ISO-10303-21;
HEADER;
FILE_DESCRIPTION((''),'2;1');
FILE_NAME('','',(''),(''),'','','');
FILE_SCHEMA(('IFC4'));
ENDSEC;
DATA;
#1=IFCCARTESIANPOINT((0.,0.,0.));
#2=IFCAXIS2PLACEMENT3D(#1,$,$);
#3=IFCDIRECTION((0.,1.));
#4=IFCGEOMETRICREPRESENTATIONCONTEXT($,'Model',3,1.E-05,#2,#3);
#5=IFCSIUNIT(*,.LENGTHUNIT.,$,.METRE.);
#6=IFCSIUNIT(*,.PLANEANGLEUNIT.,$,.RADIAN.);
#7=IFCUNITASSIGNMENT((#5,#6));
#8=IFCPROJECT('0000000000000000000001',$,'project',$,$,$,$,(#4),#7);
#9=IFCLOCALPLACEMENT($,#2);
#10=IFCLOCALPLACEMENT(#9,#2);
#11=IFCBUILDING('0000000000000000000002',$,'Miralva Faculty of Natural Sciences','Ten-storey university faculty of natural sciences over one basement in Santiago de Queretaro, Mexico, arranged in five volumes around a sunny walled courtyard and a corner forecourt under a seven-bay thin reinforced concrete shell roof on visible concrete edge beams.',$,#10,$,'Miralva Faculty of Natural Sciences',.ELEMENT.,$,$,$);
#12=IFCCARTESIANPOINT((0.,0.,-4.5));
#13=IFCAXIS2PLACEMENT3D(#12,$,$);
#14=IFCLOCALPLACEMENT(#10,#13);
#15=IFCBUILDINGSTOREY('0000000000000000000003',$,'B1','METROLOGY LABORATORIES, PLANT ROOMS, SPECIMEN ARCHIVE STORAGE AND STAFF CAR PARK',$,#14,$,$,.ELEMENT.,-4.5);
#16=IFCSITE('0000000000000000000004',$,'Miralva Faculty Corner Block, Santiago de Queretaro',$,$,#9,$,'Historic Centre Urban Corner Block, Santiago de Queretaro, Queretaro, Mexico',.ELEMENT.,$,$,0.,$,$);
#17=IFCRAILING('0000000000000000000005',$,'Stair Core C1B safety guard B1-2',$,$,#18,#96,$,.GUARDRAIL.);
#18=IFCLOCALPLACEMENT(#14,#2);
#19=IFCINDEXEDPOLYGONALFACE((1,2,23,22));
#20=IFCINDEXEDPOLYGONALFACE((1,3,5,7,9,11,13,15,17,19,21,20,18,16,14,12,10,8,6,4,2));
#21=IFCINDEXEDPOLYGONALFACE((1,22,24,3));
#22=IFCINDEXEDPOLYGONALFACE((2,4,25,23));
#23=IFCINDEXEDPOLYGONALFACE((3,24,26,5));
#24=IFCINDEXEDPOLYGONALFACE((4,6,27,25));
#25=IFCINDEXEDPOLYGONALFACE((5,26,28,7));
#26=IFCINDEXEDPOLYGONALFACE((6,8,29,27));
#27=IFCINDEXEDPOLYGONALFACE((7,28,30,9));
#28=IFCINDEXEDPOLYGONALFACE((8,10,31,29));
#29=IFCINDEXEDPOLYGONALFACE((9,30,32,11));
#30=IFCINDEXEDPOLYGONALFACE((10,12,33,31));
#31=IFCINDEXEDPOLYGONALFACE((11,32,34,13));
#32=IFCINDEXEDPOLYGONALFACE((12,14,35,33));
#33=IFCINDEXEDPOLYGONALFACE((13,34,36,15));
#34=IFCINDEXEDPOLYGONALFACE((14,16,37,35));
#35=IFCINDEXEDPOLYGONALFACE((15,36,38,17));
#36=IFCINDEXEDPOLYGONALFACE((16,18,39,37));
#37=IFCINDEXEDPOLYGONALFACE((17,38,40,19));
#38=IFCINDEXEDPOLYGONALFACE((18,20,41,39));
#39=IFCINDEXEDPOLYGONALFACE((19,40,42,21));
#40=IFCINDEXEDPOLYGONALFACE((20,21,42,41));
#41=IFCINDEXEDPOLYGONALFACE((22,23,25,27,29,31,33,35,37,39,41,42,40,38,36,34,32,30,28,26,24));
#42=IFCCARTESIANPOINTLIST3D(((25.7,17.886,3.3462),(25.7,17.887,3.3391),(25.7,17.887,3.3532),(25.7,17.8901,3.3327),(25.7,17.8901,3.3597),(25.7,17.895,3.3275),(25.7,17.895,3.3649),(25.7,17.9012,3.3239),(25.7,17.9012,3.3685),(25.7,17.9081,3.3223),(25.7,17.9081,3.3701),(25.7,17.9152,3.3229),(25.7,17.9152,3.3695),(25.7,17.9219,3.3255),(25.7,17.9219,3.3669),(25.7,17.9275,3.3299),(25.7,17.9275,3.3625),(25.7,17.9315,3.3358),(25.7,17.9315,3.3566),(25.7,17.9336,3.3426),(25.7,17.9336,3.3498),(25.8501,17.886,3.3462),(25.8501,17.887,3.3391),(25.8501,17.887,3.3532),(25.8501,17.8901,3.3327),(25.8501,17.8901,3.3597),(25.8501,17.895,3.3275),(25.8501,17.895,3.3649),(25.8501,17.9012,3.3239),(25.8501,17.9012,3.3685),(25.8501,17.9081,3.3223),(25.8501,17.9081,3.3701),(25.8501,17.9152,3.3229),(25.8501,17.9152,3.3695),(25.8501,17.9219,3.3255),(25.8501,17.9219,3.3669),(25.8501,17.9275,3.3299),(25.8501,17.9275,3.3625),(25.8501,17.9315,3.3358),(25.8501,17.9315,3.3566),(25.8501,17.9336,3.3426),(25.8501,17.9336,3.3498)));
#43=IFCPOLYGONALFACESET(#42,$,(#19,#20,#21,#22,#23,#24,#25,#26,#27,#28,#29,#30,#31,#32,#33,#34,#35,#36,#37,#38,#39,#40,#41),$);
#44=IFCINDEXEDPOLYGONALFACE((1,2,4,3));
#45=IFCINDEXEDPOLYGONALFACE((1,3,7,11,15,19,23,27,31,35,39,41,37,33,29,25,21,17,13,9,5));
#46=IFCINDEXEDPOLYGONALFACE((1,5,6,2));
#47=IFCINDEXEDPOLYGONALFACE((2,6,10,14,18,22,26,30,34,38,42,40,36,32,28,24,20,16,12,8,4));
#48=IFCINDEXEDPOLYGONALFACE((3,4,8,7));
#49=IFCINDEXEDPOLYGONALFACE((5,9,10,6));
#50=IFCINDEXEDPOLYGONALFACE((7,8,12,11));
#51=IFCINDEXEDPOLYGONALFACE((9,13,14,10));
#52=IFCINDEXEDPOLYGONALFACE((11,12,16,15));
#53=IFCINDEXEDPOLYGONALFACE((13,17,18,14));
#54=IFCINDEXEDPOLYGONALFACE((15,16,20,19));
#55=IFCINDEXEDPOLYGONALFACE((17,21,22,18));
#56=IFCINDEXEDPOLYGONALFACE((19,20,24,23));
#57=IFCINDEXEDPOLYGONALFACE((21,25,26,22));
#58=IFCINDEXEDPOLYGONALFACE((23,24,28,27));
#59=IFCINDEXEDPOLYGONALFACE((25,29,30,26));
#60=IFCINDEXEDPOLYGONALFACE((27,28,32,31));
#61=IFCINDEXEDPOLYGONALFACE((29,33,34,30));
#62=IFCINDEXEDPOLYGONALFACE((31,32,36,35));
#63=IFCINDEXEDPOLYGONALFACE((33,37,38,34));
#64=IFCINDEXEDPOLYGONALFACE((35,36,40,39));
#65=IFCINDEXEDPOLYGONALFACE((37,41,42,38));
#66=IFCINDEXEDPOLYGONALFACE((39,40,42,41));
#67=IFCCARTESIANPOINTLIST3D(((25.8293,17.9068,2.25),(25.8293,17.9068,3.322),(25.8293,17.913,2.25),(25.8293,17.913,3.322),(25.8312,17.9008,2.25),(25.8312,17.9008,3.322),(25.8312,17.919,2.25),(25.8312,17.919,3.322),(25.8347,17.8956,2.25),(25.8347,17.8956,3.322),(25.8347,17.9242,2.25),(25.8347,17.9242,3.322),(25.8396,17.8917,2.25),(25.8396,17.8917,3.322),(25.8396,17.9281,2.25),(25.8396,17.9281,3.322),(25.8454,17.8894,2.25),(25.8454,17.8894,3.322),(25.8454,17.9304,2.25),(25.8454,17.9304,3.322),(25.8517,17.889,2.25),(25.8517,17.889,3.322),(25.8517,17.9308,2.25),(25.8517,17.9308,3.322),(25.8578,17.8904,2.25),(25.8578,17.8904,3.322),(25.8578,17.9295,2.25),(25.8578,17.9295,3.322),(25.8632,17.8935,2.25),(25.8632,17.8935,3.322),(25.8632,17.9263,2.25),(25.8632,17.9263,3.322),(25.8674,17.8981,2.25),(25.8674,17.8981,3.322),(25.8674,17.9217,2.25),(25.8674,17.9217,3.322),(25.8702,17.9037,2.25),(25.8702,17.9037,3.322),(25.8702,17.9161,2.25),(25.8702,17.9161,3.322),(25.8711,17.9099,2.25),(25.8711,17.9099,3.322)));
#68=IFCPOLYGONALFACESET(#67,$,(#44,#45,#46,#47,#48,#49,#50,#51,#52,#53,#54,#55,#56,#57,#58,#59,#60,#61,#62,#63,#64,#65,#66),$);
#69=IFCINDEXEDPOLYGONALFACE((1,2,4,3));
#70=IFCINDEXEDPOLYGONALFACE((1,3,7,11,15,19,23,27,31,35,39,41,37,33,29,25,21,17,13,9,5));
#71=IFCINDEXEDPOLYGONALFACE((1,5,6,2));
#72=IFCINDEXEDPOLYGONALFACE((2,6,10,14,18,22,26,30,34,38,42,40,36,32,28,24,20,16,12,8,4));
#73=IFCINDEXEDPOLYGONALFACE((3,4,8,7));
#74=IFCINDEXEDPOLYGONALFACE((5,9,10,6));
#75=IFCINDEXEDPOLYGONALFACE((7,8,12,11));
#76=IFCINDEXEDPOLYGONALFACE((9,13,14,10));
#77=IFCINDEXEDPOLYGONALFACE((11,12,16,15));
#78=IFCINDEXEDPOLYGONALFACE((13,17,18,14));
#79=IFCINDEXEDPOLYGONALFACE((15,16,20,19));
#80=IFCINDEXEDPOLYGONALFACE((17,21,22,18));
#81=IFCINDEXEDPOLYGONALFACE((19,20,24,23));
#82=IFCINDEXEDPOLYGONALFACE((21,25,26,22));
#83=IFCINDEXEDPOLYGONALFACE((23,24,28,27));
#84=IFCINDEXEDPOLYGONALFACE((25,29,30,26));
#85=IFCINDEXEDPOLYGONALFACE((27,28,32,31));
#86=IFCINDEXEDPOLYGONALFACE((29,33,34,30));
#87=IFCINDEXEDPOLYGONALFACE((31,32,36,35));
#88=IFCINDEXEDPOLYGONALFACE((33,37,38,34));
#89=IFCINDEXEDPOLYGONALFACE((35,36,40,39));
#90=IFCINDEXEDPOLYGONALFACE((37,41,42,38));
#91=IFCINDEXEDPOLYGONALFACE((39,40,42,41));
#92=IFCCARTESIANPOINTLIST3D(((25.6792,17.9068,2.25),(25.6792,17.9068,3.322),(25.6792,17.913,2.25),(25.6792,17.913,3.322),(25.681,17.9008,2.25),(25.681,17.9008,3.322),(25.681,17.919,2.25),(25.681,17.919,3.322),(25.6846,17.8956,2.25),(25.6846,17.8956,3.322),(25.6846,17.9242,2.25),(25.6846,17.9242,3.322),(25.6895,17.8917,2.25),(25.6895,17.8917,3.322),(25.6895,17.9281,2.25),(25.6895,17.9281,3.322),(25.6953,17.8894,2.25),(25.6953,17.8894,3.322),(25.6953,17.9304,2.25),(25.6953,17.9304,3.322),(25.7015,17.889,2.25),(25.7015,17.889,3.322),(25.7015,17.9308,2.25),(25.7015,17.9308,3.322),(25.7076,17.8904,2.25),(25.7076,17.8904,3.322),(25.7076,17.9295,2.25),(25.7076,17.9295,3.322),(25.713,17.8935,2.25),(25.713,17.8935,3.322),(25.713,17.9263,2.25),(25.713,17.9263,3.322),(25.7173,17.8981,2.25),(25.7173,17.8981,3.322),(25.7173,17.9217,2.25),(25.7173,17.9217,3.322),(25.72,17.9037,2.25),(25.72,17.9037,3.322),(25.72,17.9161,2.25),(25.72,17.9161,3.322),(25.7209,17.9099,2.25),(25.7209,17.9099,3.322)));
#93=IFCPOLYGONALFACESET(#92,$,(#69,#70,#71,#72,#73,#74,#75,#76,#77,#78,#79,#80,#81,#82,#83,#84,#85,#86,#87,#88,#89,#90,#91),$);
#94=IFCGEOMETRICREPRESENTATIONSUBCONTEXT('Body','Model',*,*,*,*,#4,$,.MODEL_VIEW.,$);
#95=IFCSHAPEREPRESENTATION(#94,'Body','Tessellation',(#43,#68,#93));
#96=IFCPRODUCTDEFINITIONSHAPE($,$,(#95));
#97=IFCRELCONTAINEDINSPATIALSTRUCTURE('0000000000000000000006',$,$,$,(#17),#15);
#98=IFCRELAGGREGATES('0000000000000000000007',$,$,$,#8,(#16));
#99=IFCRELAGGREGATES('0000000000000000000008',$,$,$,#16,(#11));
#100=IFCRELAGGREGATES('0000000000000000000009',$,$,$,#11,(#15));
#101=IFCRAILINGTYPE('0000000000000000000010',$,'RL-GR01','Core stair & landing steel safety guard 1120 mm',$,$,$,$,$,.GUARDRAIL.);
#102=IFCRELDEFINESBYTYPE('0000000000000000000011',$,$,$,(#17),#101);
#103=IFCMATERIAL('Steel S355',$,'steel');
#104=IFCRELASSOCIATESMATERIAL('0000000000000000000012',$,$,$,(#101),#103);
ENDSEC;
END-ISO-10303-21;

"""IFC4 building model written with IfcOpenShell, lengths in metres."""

from ifc_helpers import new_model, si_unit, direction, frame, origin, origin_2d, place, context, subcontext, project, spatial, circle, extrude, material, type_object, element, save


model = new_model("IFC4")

# Units and contexts
model_context = context("Model", 3, precision=1e-05, world=origin(), true_north=direction((0.0, 1.0)))
body_context = subcontext(model_context, "Body", "Model", "MODEL_VIEW")
ifc_project = project(units=[si_unit("LENGTHUNIT", "METRE"), si_unit("PLANEANGLEUNIT", "RADIAN")], contexts=[model_context])

# Site, building, storey
site_placement = place(None, origin())
site = spatial("IfcSite", under=ifc_project, at=site_placement, Name="Miralva Faculty Corner Block, Santiago de Queretaro", LongName="Historic Centre Urban Corner Block, Santiago de Queretaro, Queretaro, Mexico", CompositionType="ELEMENT", RefElevation=0.0)
building_placement = place(site_placement, origin())
building = spatial("IfcBuilding", under=site, at=building_placement, Name="Miralva Faculty of Natural Sciences", Description="Ten-storey university faculty of natural sciences over one basement in Santiago de Queretaro, Mexico, arranged in five volumes around a sunny walled courtyard and a corner forecourt under a seven-bay thin reinforced concrete shell roof on visible concrete edge beams.", LongName="Miralva Faculty of Natural Sciences", CompositionType="ELEMENT")
storey_placement = place(building_placement, frame((0.0, 0.0, -4.5)))
storey = spatial("IfcBuildingStorey", under=building, at=storey_placement, Name="B1", Description="METROLOGY LABORATORIES, PLANT ROOMS, SPECIMEN ARCHIVE STORAGE AND STAFF CAR PARK", CompositionType="ELEMENT", Elevation=-4.5)

# Railing
ifc_material_1 = material(Name="Steel S355", Category="steel")
railing_type_1 = type_object("IfcRailingType", Name="RL-GR01", Description="Core stair & landing steel safety guard 1120 mm", PredefinedType="GUARDRAIL", material=ifc_material_1)
railing_1_placement = place(storey_placement, frame((25.8501, 17.9099, 2.25)))
element("IfcRailing", 1, at=railing_1_placement, inside=storey, type_object=railing_type_1, Name="Stair Core C1B safety guard B1-2", PredefinedType="GUARDRAIL", context=body_context, shape_type="SweptSolid", body=[
    extrude(circle(Radius=0.0239, at=origin_2d()), frame((0.0, 0.0, 1.0962), z_axis=(-1.0, 0.0, 0.0), x_axis=(0.0, -1.0, 0.0)), (0.0, 0.0, 1.0), 0.1501),
    extrude(circle(Radius=0.021, at=origin_2d()), origin(), (0.0, 0.0, 1.0), 1.072),
    extrude(circle(Radius=0.021, at=origin_2d()), frame((-0.1501, 0.0, 0.0)), (0.0, 0.0, 1.0), 1.072),
])

save(model, "model.ifc")
